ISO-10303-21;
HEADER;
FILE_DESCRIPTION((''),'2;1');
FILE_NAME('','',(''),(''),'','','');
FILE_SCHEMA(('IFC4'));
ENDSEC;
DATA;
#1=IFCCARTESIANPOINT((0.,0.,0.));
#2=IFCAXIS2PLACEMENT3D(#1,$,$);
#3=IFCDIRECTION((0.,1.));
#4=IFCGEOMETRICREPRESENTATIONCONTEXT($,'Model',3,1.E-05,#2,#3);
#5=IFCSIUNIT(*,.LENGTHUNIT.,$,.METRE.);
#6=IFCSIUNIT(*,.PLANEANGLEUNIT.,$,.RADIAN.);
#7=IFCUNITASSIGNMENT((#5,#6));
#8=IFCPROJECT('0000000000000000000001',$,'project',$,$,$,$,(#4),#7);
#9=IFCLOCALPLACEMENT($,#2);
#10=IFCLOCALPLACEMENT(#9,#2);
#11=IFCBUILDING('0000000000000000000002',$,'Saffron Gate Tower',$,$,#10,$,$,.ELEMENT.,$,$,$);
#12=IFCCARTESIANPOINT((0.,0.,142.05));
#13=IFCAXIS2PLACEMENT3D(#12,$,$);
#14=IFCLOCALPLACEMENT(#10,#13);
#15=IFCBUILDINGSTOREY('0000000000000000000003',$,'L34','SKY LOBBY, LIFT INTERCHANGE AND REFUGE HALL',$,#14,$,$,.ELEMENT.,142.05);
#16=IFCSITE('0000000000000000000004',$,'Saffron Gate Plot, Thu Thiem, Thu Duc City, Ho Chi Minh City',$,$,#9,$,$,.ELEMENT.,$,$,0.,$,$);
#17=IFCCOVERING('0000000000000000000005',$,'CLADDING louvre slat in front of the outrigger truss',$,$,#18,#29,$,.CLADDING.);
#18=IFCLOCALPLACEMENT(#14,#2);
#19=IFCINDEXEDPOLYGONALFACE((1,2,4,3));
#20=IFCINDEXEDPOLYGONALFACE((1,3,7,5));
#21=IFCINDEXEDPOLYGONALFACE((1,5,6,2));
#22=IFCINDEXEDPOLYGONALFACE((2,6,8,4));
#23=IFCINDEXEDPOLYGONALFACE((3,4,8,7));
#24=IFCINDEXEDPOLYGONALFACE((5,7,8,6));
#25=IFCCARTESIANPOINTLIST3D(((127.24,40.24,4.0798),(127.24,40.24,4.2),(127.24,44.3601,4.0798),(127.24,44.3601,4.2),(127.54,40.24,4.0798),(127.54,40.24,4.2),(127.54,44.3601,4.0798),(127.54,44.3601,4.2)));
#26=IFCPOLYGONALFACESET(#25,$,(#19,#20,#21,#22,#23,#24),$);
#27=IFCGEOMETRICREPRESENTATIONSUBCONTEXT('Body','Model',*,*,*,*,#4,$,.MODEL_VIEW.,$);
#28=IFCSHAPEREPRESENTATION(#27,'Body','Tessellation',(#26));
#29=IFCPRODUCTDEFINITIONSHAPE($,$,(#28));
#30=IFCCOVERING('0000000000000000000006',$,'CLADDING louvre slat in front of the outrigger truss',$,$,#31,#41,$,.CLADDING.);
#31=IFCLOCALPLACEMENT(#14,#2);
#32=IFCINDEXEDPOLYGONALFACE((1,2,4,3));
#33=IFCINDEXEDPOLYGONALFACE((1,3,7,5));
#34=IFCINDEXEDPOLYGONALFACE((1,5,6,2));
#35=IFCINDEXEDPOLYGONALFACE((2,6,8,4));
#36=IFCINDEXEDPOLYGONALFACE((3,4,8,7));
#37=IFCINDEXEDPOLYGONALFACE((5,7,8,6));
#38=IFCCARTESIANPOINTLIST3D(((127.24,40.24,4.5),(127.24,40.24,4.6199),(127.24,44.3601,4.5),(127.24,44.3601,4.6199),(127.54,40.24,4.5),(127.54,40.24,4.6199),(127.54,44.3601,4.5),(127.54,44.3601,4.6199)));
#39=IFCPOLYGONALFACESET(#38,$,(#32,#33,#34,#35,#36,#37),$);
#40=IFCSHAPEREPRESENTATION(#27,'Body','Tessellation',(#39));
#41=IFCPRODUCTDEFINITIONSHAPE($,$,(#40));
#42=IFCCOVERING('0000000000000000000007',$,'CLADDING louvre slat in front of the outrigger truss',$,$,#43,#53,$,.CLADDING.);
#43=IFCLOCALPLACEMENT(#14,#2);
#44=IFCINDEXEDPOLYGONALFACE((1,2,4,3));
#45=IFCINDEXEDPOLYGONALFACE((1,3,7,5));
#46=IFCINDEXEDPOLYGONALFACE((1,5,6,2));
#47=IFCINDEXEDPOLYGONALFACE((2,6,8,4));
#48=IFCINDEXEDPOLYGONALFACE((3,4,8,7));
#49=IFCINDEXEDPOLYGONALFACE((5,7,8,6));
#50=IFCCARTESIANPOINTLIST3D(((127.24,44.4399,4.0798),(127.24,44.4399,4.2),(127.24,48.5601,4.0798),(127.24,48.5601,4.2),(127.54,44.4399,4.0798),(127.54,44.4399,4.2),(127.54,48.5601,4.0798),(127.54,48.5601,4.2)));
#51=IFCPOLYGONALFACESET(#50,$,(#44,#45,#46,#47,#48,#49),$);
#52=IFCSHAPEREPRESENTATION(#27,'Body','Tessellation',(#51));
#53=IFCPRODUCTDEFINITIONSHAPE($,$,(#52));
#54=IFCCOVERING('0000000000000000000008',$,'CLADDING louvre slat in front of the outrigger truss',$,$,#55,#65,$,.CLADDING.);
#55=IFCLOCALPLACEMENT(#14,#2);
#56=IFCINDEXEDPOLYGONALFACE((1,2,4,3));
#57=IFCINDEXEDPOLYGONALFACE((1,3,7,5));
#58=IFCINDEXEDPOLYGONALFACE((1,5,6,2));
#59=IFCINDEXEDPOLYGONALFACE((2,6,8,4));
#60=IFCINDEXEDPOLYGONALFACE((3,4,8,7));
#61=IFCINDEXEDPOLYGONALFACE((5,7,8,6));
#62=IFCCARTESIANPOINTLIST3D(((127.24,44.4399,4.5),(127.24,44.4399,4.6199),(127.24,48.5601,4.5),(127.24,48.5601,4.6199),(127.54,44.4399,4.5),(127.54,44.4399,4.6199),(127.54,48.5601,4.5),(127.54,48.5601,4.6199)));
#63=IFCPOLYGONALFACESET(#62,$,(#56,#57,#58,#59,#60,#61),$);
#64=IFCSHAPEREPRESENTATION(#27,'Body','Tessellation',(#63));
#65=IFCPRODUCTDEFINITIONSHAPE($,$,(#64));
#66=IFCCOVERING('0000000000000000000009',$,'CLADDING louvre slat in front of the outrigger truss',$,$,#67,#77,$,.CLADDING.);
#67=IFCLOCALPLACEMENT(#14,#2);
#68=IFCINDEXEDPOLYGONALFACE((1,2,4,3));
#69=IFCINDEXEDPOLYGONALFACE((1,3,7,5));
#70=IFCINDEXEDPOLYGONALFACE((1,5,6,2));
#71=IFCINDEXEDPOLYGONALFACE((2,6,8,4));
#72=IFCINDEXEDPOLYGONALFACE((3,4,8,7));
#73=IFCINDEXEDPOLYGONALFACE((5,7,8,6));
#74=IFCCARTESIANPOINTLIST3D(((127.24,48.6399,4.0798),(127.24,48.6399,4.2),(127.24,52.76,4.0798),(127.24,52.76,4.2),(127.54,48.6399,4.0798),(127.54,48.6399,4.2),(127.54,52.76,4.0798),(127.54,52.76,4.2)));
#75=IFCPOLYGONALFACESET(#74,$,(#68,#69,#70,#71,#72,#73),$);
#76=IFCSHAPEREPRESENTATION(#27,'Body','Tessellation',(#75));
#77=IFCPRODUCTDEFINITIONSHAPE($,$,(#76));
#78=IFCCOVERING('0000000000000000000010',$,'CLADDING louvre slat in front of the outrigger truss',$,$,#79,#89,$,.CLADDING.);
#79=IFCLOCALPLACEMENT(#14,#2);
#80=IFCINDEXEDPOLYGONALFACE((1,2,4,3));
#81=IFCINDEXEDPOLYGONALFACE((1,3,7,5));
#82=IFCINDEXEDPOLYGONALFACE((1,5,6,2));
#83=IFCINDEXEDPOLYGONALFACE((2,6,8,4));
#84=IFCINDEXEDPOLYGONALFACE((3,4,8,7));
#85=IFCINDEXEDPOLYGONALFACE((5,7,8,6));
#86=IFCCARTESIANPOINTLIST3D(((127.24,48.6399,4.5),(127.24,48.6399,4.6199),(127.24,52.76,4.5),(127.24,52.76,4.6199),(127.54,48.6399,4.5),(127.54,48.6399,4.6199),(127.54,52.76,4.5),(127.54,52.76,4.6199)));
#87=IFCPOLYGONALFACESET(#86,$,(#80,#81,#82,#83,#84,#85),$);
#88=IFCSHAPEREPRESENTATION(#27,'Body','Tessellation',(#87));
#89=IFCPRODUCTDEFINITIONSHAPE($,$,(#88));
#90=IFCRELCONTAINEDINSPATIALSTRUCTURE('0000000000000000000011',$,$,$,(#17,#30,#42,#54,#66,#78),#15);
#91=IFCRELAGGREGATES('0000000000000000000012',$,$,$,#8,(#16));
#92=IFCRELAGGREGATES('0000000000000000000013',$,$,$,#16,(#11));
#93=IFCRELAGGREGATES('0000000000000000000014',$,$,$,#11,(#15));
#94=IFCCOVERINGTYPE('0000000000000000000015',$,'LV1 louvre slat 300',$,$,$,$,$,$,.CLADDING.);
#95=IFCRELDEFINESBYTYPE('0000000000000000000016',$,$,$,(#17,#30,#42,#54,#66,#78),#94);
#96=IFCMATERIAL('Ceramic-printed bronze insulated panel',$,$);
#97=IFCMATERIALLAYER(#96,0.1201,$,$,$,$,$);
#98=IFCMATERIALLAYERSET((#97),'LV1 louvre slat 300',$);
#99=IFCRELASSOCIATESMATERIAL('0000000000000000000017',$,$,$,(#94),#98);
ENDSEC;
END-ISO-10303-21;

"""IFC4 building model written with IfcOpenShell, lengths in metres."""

from ifc_helpers import new_model, si_unit, direction, frame, origin, place, context, subcontext, project, spatial, polyline, outline, extrude, material, layer, layer_set, type_object, element, save


model = new_model("IFC4")

# Units and contexts
model_context = context("Model", 3, precision=1e-05, world=origin(), true_north=direction((0.0, 1.0)))
body_context = subcontext(model_context, "Body", "Model", "MODEL_VIEW")
ifc_project = project(units=[si_unit("LENGTHUNIT", "METRE"), si_unit("PLANEANGLEUNIT", "RADIAN")], contexts=[model_context])

# Site, building, storey
site_placement = place(None, origin())
site = spatial("IfcSite", under=ifc_project, at=site_placement, Name="Saffron Gate Plot, Thu Thiem, Thu Duc City, Ho Chi Minh City", CompositionType="ELEMENT", RefElevation=0.0)
building_placement = place(site_placement, origin())
building = spatial("IfcBuilding", under=site, at=building_placement, Name="Saffron Gate Tower", CompositionType="ELEMENT")
storey_placement = place(building_placement, frame((0.0, 0.0, 142.05)))
storey = spatial("IfcBuildingStorey", under=building, at=storey_placement, Name="L34", Description="SKY LOBBY, LIFT INTERCHANGE AND REFUGE HALL", CompositionType="ELEMENT", Elevation=142.05)

# Coverings
ifc_material = material(Name="Ceramic-printed bronze insulated panel")
ifc_layer = layer(ifc_material, 0.1201)
ifc_layer_set = layer_set([ifc_layer], Name="LV1 louvre slat 300")
covering_type = type_object("IfcCoveringType", Name="LV1 louvre slat 300", PredefinedType="CLADDING", material=ifc_layer_set)
covering_1_placement = place(storey_placement, frame((0.0, 0.0, 4.0798)))
element("IfcCovering", 1, at=covering_1_placement, inside=storey, type_object=covering_type, Name="CLADDING louvre slat in front of the outrigger truss", PredefinedType="CLADDING", context=body_context, shape_type="SweptSolid", body=[
    extrude(outline(polyline([(127.54, 40.24), (127.54, 44.3601), (127.24, 44.3601), (127.24, 40.24), (127.54, 40.24)])), origin(), (0.0, 0.0, 1.0), 0.1201),
])
covering_2_placement = place(storey_placement, frame((0.0, 0.0, 4.5)))
element("IfcCovering", 2, at=covering_2_placement, inside=storey, type_object=covering_type, Name="CLADDING louvre slat in front of the outrigger truss", PredefinedType="CLADDING", context=body_context, shape_type="SweptSolid", body=[
    extrude(outline(polyline([(127.54, 40.24), (127.54, 44.3601), (127.24, 44.3601), (127.24, 40.24), (127.54, 40.24)])), origin(), (0.0, 0.0, 1.0), 0.1199),
])
covering_3_placement = place(storey_placement, frame((0.0, 0.0, 4.0798)))
element("IfcCovering", 3, at=covering_3_placement, inside=storey, type_object=covering_type, Name="CLADDING louvre slat in front of the outrigger truss", PredefinedType="CLADDING", context=body_context, shape_type="SweptSolid", body=[
    extrude(outline(polyline([(127.54, 44.4399), (127.54, 48.5601), (127.24, 48.5601), (127.24, 44.4399), (127.54, 44.4399)])), origin(), (0.0, 0.0, 1.0), 0.1201),
])
covering_4_placement = place(storey_placement, frame((0.0, 0.0, 4.5)))
element("IfcCovering", 4, at=covering_4_placement, inside=storey, type_object=covering_type, Name="CLADDING louvre slat in front of the outrigger truss", PredefinedType="CLADDING", context=body_context, shape_type="SweptSolid", body=[
    extrude(outline(polyline([(127.54, 44.4399), (127.54, 48.5601), (127.24, 48.5601), (127.24, 44.4399), (127.54, 44.4399)])), origin(), (0.0, 0.0, 1.0), 0.1199),
])
covering_5_placement = place(storey_placement, frame((0.0, 0.0, 4.0798)))
element("IfcCovering", 5, at=covering_5_placement, inside=storey, type_object=covering_type, Name="CLADDING louvre slat in front of the outrigger truss", PredefinedType="CLADDING", context=body_context, shape_type="SweptSolid", body=[
    extrude(outline(polyline([(127.54, 48.6399), (127.54, 52.76), (127.24, 52.76), (127.24, 48.6399), (127.54, 48.6399)])), origin(), (0.0, 0.0, 1.0), 0.1201),
])
covering_6_placement = place(storey_placement, frame((0.0, 0.0, 4.5)))
element("IfcCovering", 6, at=covering_6_placement, inside=storey, type_object=covering_type, Name="CLADDING louvre slat in front of the outrigger truss", PredefinedType="CLADDING", context=body_context, shape_type="SweptSolid", body=[
    extrude(outline(polyline([(127.54, 48.6399), (127.54, 52.76), (127.24, 52.76), (127.24, 48.6399), (127.54, 48.6399)])), origin(), (0.0, 0.0, 1.0), 0.1199),
])

save(model, "model.ifc")
